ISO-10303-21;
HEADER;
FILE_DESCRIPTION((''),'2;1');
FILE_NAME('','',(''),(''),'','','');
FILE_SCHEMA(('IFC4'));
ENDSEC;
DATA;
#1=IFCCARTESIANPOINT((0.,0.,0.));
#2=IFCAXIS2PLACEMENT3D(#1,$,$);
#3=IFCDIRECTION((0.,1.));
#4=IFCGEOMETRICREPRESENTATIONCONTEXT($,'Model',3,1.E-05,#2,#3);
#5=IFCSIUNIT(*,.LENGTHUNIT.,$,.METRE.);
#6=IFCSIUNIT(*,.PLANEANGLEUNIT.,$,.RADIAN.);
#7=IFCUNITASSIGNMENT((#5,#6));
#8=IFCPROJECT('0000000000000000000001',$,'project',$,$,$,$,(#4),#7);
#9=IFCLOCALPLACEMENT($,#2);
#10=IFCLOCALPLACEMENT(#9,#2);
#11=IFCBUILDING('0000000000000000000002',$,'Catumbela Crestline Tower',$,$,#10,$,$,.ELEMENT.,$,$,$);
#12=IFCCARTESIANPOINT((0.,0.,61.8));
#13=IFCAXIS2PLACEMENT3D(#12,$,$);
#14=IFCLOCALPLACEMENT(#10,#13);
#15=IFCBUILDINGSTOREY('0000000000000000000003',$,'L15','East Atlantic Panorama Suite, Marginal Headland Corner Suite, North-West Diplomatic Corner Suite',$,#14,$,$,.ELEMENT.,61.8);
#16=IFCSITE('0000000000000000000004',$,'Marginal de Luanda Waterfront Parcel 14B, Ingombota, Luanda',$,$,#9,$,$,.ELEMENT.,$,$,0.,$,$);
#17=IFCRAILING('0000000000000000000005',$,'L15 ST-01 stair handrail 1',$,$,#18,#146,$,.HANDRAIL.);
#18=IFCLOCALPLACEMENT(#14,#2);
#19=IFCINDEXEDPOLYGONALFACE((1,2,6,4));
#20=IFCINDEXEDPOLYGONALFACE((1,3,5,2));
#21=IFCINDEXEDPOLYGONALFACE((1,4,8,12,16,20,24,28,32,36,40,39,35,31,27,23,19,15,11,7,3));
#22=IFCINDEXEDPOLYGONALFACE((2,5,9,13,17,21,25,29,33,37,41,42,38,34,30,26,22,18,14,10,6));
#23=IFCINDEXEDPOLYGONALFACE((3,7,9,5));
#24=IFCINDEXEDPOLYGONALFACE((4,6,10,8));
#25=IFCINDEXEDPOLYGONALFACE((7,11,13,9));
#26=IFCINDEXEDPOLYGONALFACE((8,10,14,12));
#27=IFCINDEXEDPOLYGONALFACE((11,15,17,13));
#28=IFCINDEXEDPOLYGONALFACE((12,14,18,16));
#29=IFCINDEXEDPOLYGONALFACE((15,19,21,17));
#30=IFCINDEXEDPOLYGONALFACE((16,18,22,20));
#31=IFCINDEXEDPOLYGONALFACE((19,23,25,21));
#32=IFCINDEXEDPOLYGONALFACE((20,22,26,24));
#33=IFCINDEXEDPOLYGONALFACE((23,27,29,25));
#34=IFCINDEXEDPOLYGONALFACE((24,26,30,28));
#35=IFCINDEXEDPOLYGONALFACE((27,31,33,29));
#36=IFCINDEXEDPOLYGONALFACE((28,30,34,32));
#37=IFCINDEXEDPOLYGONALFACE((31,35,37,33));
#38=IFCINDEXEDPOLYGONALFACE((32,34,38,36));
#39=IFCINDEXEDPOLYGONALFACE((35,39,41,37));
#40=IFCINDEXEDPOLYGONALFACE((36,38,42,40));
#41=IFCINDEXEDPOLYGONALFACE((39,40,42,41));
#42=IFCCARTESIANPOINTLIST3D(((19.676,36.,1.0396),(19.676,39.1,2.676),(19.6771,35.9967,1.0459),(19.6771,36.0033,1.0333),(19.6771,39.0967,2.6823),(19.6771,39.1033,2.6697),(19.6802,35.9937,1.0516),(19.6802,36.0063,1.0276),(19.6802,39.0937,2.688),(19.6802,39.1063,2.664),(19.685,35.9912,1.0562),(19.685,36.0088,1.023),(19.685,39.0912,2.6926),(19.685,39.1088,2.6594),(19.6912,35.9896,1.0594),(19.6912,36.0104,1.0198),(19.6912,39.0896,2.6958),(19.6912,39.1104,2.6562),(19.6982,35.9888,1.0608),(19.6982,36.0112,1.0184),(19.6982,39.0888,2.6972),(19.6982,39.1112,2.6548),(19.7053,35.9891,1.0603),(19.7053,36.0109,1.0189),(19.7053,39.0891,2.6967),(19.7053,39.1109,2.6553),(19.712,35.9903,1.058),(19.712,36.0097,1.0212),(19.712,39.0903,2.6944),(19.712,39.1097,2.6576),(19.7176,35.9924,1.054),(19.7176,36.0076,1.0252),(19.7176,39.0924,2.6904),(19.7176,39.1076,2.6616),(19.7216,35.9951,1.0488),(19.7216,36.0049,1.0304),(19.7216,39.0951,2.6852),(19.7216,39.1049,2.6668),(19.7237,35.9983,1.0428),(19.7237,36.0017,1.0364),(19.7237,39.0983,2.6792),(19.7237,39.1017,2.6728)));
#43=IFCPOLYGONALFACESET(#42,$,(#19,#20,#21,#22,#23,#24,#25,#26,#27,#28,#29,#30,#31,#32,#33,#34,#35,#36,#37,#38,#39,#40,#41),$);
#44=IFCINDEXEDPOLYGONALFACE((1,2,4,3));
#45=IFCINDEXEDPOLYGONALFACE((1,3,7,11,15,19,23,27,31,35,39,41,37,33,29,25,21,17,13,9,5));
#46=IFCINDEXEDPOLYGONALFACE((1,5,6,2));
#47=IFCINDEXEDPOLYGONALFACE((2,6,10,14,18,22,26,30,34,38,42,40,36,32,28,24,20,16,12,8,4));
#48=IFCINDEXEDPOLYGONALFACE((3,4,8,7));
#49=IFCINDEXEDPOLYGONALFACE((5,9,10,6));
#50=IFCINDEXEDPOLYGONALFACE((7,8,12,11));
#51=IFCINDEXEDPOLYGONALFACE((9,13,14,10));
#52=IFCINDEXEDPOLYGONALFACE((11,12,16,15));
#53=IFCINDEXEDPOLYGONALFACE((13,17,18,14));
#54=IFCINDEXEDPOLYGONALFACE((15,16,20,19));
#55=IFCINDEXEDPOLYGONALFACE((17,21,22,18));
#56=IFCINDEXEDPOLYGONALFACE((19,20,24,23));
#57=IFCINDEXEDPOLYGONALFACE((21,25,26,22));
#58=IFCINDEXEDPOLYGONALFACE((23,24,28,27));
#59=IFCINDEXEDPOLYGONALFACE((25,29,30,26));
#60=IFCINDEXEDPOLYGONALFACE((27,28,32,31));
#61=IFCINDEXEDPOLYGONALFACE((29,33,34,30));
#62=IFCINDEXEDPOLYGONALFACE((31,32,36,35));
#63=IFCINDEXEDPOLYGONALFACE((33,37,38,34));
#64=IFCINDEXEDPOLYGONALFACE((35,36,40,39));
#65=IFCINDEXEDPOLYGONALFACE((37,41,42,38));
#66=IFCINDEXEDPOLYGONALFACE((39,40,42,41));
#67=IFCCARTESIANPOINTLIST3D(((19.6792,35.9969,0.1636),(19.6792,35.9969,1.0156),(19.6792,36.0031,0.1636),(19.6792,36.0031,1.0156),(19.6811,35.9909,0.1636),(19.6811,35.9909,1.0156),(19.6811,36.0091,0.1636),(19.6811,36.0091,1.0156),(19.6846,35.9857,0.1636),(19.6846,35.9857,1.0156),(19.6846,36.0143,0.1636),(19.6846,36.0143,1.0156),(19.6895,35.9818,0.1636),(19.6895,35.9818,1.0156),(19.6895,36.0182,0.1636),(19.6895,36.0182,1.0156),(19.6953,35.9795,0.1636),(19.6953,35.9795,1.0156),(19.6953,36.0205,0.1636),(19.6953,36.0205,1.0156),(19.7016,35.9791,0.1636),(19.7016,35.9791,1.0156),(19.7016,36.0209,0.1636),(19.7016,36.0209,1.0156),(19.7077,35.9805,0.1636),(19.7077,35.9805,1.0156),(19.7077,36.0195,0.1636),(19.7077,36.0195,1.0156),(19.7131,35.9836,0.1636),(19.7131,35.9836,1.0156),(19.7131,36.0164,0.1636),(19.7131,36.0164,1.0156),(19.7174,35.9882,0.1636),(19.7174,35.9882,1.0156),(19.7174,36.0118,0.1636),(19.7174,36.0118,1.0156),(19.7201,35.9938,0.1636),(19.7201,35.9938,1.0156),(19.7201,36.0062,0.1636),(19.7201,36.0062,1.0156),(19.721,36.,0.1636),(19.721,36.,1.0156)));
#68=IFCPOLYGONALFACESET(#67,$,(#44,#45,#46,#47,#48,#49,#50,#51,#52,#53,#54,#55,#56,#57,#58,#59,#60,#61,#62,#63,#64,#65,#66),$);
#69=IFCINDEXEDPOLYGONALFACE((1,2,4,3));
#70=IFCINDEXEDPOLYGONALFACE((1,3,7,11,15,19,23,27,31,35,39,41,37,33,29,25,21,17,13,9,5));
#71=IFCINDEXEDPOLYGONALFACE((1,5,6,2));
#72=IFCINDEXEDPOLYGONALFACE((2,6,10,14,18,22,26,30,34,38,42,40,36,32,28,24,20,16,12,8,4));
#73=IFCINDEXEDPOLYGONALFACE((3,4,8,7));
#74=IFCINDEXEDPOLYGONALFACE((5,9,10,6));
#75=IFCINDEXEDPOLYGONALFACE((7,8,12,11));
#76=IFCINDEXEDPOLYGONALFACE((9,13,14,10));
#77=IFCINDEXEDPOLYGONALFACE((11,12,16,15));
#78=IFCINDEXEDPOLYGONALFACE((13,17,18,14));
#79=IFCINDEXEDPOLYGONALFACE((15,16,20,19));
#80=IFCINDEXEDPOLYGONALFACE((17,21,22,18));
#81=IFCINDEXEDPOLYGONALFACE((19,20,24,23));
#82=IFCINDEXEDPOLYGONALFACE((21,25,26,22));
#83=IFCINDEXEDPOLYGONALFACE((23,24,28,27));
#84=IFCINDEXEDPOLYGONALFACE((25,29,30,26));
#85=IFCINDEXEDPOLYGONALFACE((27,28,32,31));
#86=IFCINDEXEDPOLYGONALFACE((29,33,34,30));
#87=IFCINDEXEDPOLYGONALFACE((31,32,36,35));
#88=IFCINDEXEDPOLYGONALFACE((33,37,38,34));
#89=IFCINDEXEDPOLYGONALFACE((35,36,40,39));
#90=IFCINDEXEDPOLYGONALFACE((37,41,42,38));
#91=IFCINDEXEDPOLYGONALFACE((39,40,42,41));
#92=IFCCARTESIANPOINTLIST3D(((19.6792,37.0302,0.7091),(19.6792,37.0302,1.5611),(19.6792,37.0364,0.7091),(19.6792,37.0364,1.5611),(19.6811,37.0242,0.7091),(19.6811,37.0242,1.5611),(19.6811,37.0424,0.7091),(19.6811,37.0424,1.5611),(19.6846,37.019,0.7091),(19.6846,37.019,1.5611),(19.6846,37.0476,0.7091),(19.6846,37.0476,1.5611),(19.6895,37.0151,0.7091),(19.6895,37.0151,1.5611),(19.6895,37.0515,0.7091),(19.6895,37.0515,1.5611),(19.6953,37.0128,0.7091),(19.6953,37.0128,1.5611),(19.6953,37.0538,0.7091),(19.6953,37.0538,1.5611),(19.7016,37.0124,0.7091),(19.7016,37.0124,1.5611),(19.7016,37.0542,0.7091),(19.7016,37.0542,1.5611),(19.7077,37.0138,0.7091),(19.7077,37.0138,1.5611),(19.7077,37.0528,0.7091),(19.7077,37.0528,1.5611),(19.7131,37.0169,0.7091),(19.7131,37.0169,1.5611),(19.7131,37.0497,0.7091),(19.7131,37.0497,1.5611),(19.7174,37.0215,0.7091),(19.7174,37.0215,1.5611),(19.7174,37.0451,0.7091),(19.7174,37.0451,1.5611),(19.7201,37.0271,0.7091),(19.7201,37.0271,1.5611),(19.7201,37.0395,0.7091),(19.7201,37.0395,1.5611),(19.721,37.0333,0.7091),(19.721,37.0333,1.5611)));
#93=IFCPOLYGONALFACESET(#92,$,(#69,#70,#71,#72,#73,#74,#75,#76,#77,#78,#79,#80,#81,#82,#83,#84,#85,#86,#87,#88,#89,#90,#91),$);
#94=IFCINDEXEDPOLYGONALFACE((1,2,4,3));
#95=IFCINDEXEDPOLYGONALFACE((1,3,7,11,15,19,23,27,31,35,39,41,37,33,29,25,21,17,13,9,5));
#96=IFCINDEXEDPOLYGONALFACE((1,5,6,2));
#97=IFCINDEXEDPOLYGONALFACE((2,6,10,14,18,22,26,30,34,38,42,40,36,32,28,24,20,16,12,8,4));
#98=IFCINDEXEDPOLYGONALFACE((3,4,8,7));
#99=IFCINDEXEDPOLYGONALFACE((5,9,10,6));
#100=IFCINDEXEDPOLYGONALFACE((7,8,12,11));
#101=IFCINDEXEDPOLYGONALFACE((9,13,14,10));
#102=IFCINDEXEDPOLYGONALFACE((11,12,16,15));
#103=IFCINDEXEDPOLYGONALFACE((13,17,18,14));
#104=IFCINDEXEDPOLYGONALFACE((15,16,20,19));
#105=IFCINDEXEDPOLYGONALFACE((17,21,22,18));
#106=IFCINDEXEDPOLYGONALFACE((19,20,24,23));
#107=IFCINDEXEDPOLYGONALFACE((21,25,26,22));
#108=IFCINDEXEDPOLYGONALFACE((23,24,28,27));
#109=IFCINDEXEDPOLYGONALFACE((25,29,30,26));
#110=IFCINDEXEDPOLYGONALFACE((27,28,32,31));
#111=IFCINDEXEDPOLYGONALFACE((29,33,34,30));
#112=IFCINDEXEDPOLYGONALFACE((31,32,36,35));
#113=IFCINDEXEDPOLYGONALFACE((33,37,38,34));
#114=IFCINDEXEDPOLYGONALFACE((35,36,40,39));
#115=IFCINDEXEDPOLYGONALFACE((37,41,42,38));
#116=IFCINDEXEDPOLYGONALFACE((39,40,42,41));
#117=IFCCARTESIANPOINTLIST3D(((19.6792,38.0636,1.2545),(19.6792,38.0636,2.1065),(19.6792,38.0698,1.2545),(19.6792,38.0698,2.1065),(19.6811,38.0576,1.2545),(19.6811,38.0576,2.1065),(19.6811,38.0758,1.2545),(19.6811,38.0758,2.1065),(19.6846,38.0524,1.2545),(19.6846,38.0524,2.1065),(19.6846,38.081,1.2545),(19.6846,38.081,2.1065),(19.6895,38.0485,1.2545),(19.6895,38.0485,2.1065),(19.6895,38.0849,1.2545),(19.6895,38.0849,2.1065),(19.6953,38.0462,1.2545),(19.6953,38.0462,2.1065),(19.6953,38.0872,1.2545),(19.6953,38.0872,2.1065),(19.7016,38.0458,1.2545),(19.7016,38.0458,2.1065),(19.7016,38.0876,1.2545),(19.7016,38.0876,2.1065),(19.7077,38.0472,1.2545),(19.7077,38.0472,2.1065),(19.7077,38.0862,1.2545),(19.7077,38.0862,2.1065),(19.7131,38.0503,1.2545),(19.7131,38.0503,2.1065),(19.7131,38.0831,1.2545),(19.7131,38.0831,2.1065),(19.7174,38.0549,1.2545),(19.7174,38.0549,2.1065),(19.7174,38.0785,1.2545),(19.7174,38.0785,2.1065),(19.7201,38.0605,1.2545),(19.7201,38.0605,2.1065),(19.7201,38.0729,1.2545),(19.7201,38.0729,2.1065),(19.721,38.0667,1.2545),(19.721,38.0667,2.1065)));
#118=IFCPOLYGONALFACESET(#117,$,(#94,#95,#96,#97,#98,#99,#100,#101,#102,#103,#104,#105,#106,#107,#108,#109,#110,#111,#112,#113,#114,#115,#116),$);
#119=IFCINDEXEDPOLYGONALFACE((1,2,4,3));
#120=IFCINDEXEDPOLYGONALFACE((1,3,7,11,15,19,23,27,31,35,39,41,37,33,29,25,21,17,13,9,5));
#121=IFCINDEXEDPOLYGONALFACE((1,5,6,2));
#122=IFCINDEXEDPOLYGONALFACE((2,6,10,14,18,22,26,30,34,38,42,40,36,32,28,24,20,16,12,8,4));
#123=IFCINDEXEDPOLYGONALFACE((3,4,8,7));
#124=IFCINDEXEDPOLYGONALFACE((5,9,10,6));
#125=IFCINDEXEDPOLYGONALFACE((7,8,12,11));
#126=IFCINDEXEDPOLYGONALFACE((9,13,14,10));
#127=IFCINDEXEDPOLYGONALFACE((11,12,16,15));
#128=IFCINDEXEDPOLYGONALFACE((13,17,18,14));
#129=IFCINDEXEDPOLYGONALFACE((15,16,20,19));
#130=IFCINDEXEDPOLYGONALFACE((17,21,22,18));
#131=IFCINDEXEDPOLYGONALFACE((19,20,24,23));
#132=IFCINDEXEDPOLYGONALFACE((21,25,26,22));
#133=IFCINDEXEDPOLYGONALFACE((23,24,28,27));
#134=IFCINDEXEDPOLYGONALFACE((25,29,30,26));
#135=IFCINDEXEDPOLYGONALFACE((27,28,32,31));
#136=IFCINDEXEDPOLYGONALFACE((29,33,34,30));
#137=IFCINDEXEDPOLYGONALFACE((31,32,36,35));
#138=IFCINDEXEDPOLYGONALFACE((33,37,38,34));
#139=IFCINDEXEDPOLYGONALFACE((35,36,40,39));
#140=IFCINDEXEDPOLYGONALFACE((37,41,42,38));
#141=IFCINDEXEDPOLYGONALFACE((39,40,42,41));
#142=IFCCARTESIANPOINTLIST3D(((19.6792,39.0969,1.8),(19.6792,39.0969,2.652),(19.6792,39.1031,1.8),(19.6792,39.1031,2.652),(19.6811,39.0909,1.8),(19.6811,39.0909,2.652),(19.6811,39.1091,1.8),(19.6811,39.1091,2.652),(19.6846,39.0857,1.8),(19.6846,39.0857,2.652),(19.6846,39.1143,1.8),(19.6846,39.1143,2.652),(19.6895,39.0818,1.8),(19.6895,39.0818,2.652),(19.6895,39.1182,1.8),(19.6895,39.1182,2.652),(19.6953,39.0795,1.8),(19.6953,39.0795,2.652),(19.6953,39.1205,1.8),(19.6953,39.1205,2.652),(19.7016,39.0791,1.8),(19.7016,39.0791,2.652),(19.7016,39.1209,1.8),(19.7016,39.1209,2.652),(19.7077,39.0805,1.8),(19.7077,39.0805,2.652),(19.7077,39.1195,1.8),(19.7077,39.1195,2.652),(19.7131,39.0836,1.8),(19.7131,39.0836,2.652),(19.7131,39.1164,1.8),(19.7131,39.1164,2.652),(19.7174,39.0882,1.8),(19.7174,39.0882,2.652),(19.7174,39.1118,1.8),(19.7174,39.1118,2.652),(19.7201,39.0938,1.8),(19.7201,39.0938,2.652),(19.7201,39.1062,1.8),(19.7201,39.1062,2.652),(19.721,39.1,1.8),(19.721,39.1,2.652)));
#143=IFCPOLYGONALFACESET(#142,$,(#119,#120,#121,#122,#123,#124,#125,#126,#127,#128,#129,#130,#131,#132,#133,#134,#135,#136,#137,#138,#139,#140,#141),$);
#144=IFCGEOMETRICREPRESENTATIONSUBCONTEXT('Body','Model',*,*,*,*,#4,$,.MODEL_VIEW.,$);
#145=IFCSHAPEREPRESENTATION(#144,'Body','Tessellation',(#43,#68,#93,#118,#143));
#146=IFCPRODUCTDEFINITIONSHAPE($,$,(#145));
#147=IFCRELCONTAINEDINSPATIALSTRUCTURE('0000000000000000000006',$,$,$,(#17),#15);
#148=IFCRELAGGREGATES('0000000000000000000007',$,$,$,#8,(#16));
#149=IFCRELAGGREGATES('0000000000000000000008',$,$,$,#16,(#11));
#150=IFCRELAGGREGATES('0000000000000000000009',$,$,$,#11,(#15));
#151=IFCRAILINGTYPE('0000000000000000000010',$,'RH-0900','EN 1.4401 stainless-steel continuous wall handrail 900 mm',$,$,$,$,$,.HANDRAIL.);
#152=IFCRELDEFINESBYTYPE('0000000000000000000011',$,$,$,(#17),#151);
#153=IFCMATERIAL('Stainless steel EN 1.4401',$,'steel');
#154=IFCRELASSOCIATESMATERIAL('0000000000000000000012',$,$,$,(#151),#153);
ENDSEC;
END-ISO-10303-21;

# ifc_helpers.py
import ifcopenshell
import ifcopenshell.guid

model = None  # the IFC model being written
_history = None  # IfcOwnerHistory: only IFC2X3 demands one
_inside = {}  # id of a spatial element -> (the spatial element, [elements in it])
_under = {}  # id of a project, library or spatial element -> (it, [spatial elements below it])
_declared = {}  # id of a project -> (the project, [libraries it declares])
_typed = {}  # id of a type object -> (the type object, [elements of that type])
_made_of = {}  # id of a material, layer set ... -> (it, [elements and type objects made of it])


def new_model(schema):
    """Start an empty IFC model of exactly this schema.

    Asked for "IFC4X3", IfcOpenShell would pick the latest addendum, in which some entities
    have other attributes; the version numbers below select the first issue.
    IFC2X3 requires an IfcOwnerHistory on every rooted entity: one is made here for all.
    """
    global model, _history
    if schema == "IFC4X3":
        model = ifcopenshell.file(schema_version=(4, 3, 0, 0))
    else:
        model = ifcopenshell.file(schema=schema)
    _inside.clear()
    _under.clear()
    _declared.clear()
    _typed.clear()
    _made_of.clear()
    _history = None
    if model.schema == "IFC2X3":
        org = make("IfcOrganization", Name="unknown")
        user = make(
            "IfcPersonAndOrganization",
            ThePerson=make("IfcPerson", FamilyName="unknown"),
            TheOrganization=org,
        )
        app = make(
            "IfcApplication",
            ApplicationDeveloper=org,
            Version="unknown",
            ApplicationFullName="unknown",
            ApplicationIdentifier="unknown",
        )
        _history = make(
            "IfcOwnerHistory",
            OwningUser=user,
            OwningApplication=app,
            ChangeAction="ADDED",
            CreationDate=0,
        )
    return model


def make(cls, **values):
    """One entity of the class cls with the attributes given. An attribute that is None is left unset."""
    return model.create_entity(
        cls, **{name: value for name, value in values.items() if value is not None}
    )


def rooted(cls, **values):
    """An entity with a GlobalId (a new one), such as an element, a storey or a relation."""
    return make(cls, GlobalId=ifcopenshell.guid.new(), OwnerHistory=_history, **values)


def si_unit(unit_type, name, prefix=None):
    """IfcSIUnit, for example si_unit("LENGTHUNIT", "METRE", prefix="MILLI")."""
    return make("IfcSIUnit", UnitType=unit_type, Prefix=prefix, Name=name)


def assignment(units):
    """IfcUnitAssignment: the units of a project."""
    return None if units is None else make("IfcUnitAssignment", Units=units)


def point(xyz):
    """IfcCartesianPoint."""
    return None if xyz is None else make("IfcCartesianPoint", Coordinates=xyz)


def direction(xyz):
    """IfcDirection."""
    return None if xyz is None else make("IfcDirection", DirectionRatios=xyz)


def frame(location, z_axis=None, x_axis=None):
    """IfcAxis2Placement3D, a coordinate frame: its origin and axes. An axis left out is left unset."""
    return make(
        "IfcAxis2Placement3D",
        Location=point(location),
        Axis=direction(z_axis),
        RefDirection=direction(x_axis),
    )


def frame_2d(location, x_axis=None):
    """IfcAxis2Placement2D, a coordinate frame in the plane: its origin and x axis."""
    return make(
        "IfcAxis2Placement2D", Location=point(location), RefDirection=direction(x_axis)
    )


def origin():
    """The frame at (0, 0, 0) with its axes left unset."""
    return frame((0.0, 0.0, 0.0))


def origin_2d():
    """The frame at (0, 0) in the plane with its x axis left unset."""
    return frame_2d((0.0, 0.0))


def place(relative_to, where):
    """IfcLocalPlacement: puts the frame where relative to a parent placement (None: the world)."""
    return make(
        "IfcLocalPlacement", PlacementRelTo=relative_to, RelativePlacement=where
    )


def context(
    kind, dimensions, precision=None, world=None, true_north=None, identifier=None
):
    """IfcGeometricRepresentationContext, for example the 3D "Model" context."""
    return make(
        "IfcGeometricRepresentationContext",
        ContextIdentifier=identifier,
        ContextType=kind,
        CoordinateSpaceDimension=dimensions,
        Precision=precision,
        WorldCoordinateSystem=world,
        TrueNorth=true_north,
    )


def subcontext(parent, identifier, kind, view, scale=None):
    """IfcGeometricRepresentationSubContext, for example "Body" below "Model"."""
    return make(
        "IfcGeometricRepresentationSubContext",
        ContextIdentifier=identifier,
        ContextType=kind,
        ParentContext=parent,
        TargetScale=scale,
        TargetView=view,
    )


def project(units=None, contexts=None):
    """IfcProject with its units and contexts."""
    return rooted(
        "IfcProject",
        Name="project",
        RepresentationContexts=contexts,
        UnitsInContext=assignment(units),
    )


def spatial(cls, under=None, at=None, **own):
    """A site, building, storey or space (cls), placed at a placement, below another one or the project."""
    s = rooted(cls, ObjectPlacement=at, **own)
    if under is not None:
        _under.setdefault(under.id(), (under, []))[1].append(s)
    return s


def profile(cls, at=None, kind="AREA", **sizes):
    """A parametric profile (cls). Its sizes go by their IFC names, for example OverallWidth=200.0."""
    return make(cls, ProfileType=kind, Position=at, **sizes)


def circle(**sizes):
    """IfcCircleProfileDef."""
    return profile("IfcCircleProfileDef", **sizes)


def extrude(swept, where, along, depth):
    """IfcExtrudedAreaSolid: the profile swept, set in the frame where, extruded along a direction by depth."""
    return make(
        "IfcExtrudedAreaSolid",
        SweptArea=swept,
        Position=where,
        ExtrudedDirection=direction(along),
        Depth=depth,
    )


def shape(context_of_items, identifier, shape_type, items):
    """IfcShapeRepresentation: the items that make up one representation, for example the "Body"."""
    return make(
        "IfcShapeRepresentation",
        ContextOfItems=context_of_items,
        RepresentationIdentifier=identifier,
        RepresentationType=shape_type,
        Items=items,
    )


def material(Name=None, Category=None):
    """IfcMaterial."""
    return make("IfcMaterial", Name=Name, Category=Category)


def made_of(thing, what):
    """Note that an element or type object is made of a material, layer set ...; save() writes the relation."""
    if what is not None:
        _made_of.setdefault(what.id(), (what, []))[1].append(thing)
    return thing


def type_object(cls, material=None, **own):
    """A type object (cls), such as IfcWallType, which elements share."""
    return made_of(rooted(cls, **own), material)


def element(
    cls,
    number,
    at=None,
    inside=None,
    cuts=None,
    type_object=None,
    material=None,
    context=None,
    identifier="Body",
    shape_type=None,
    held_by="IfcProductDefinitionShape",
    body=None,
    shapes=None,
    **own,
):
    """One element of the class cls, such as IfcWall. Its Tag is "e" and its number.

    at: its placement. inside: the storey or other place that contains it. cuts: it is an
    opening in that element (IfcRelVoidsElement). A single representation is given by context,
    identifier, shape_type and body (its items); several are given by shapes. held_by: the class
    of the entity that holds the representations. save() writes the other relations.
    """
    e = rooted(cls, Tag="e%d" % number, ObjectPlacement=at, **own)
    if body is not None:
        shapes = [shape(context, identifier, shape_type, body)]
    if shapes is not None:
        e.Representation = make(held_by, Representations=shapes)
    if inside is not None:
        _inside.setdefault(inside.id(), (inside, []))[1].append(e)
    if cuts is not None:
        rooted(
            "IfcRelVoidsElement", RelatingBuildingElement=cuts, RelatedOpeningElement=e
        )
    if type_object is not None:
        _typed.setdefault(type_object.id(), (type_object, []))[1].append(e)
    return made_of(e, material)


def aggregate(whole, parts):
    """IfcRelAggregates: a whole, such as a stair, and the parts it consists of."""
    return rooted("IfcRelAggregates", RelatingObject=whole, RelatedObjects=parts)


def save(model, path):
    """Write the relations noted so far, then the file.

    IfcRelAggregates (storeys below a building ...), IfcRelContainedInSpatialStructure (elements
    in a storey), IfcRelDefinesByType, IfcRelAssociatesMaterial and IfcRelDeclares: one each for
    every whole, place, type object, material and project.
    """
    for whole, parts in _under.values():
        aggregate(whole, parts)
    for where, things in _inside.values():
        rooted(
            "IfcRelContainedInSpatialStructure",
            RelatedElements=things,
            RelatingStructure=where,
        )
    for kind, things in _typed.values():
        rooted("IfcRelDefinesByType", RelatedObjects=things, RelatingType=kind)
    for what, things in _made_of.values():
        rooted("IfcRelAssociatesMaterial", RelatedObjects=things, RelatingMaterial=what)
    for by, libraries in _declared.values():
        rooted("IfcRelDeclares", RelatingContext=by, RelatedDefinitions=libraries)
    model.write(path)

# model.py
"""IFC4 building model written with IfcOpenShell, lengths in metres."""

from ifc_helpers import new_model, si_unit, direction, frame, origin, origin_2d, place, context, subcontext, project, spatial, circle, extrude, material, type_object, element, save


model = new_model("IFC4")

# Units and contexts
model_context = context("Model", 3, precision=1e-05, world=origin(), true_north=direction((0.0, 1.0)))
body_context = subcontext(model_context, "Body", "Model", "MODEL_VIEW")
ifc_project = project(units=[si_unit("LENGTHUNIT", "METRE"), si_unit("PLANEANGLEUNIT", "RADIAN")], contexts=[model_context])

# Site, building, storey
site_placement = place(None, origin())
site = spatial("IfcSite", under=ifc_project, at=site_placement, Name="Marginal de Luanda Waterfront Parcel 14B, Ingombota, Luanda", CompositionType="ELEMENT", RefElevation=0.0)
building_placement = place(site_placement, origin())
building = spatial("IfcBuilding", under=site, at=building_placement, Name="Catumbela Crestline Tower", CompositionType="ELEMENT")
storey_placement = place(building_placement, frame((0.0, 0.0, 61.8)))
storey = spatial("IfcBuildingStorey", under=building, at=storey_placement, Name="L15", Description="East Atlantic Panorama Suite, Marginal Headland Corner Suite, North-West Diplomatic Corner Suite", CompositionType="ELEMENT", Elevation=61.8)

# Railing
ifc_material_1 = material(Name="Stainless steel EN 1.4401", Category="steel")
railing_type_1 = type_object("IfcRailingType", Name="RH-0900", Description="EN 1.4401 stainless-steel continuous wall handrail 900 mm", PredefinedType="HANDRAIL", material=ifc_material_1)
railing_1_placement = place(storey_placement, frame((19.7, 36.0, 0.1636)))
element("IfcRailing", 1, at=railing_1_placement, inside=storey, type_object=railing_type_1, Name="L15 ST-01 stair handrail 1", PredefinedType="HANDRAIL", context=body_context, shape_type="SweptSolid", body=[
    extrude(circle(Radius=0.024, at=origin_2d()), frame((0.0, 0.0, 0.876), z_axis=(0.0, 0.884351, 0.466823), x_axis=(-1.0, 0.0, 0.0)), (0.0, 0.0, 1.0), 3.5054),
    extrude(circle(Radius=0.021, at=origin_2d()), origin(), (0.0, 0.0, 1.0), 0.852),
    extrude(circle(Radius=0.021, at=origin_2d()), frame((0.0, 1.0333, 0.5455)), (0.0, 0.0, 1.0), 0.852),
    extrude(circle(Radius=0.021, at=origin_2d()), frame((0.0, 2.0667, 1.0909)), (0.0, 0.0, 1.0), 0.852),
    extrude(circle(Radius=0.021, at=origin_2d()), frame((0.0, 3.1, 1.6364)), (0.0, 0.0, 1.0), 0.852),
])

save(model, "model.ifc")
